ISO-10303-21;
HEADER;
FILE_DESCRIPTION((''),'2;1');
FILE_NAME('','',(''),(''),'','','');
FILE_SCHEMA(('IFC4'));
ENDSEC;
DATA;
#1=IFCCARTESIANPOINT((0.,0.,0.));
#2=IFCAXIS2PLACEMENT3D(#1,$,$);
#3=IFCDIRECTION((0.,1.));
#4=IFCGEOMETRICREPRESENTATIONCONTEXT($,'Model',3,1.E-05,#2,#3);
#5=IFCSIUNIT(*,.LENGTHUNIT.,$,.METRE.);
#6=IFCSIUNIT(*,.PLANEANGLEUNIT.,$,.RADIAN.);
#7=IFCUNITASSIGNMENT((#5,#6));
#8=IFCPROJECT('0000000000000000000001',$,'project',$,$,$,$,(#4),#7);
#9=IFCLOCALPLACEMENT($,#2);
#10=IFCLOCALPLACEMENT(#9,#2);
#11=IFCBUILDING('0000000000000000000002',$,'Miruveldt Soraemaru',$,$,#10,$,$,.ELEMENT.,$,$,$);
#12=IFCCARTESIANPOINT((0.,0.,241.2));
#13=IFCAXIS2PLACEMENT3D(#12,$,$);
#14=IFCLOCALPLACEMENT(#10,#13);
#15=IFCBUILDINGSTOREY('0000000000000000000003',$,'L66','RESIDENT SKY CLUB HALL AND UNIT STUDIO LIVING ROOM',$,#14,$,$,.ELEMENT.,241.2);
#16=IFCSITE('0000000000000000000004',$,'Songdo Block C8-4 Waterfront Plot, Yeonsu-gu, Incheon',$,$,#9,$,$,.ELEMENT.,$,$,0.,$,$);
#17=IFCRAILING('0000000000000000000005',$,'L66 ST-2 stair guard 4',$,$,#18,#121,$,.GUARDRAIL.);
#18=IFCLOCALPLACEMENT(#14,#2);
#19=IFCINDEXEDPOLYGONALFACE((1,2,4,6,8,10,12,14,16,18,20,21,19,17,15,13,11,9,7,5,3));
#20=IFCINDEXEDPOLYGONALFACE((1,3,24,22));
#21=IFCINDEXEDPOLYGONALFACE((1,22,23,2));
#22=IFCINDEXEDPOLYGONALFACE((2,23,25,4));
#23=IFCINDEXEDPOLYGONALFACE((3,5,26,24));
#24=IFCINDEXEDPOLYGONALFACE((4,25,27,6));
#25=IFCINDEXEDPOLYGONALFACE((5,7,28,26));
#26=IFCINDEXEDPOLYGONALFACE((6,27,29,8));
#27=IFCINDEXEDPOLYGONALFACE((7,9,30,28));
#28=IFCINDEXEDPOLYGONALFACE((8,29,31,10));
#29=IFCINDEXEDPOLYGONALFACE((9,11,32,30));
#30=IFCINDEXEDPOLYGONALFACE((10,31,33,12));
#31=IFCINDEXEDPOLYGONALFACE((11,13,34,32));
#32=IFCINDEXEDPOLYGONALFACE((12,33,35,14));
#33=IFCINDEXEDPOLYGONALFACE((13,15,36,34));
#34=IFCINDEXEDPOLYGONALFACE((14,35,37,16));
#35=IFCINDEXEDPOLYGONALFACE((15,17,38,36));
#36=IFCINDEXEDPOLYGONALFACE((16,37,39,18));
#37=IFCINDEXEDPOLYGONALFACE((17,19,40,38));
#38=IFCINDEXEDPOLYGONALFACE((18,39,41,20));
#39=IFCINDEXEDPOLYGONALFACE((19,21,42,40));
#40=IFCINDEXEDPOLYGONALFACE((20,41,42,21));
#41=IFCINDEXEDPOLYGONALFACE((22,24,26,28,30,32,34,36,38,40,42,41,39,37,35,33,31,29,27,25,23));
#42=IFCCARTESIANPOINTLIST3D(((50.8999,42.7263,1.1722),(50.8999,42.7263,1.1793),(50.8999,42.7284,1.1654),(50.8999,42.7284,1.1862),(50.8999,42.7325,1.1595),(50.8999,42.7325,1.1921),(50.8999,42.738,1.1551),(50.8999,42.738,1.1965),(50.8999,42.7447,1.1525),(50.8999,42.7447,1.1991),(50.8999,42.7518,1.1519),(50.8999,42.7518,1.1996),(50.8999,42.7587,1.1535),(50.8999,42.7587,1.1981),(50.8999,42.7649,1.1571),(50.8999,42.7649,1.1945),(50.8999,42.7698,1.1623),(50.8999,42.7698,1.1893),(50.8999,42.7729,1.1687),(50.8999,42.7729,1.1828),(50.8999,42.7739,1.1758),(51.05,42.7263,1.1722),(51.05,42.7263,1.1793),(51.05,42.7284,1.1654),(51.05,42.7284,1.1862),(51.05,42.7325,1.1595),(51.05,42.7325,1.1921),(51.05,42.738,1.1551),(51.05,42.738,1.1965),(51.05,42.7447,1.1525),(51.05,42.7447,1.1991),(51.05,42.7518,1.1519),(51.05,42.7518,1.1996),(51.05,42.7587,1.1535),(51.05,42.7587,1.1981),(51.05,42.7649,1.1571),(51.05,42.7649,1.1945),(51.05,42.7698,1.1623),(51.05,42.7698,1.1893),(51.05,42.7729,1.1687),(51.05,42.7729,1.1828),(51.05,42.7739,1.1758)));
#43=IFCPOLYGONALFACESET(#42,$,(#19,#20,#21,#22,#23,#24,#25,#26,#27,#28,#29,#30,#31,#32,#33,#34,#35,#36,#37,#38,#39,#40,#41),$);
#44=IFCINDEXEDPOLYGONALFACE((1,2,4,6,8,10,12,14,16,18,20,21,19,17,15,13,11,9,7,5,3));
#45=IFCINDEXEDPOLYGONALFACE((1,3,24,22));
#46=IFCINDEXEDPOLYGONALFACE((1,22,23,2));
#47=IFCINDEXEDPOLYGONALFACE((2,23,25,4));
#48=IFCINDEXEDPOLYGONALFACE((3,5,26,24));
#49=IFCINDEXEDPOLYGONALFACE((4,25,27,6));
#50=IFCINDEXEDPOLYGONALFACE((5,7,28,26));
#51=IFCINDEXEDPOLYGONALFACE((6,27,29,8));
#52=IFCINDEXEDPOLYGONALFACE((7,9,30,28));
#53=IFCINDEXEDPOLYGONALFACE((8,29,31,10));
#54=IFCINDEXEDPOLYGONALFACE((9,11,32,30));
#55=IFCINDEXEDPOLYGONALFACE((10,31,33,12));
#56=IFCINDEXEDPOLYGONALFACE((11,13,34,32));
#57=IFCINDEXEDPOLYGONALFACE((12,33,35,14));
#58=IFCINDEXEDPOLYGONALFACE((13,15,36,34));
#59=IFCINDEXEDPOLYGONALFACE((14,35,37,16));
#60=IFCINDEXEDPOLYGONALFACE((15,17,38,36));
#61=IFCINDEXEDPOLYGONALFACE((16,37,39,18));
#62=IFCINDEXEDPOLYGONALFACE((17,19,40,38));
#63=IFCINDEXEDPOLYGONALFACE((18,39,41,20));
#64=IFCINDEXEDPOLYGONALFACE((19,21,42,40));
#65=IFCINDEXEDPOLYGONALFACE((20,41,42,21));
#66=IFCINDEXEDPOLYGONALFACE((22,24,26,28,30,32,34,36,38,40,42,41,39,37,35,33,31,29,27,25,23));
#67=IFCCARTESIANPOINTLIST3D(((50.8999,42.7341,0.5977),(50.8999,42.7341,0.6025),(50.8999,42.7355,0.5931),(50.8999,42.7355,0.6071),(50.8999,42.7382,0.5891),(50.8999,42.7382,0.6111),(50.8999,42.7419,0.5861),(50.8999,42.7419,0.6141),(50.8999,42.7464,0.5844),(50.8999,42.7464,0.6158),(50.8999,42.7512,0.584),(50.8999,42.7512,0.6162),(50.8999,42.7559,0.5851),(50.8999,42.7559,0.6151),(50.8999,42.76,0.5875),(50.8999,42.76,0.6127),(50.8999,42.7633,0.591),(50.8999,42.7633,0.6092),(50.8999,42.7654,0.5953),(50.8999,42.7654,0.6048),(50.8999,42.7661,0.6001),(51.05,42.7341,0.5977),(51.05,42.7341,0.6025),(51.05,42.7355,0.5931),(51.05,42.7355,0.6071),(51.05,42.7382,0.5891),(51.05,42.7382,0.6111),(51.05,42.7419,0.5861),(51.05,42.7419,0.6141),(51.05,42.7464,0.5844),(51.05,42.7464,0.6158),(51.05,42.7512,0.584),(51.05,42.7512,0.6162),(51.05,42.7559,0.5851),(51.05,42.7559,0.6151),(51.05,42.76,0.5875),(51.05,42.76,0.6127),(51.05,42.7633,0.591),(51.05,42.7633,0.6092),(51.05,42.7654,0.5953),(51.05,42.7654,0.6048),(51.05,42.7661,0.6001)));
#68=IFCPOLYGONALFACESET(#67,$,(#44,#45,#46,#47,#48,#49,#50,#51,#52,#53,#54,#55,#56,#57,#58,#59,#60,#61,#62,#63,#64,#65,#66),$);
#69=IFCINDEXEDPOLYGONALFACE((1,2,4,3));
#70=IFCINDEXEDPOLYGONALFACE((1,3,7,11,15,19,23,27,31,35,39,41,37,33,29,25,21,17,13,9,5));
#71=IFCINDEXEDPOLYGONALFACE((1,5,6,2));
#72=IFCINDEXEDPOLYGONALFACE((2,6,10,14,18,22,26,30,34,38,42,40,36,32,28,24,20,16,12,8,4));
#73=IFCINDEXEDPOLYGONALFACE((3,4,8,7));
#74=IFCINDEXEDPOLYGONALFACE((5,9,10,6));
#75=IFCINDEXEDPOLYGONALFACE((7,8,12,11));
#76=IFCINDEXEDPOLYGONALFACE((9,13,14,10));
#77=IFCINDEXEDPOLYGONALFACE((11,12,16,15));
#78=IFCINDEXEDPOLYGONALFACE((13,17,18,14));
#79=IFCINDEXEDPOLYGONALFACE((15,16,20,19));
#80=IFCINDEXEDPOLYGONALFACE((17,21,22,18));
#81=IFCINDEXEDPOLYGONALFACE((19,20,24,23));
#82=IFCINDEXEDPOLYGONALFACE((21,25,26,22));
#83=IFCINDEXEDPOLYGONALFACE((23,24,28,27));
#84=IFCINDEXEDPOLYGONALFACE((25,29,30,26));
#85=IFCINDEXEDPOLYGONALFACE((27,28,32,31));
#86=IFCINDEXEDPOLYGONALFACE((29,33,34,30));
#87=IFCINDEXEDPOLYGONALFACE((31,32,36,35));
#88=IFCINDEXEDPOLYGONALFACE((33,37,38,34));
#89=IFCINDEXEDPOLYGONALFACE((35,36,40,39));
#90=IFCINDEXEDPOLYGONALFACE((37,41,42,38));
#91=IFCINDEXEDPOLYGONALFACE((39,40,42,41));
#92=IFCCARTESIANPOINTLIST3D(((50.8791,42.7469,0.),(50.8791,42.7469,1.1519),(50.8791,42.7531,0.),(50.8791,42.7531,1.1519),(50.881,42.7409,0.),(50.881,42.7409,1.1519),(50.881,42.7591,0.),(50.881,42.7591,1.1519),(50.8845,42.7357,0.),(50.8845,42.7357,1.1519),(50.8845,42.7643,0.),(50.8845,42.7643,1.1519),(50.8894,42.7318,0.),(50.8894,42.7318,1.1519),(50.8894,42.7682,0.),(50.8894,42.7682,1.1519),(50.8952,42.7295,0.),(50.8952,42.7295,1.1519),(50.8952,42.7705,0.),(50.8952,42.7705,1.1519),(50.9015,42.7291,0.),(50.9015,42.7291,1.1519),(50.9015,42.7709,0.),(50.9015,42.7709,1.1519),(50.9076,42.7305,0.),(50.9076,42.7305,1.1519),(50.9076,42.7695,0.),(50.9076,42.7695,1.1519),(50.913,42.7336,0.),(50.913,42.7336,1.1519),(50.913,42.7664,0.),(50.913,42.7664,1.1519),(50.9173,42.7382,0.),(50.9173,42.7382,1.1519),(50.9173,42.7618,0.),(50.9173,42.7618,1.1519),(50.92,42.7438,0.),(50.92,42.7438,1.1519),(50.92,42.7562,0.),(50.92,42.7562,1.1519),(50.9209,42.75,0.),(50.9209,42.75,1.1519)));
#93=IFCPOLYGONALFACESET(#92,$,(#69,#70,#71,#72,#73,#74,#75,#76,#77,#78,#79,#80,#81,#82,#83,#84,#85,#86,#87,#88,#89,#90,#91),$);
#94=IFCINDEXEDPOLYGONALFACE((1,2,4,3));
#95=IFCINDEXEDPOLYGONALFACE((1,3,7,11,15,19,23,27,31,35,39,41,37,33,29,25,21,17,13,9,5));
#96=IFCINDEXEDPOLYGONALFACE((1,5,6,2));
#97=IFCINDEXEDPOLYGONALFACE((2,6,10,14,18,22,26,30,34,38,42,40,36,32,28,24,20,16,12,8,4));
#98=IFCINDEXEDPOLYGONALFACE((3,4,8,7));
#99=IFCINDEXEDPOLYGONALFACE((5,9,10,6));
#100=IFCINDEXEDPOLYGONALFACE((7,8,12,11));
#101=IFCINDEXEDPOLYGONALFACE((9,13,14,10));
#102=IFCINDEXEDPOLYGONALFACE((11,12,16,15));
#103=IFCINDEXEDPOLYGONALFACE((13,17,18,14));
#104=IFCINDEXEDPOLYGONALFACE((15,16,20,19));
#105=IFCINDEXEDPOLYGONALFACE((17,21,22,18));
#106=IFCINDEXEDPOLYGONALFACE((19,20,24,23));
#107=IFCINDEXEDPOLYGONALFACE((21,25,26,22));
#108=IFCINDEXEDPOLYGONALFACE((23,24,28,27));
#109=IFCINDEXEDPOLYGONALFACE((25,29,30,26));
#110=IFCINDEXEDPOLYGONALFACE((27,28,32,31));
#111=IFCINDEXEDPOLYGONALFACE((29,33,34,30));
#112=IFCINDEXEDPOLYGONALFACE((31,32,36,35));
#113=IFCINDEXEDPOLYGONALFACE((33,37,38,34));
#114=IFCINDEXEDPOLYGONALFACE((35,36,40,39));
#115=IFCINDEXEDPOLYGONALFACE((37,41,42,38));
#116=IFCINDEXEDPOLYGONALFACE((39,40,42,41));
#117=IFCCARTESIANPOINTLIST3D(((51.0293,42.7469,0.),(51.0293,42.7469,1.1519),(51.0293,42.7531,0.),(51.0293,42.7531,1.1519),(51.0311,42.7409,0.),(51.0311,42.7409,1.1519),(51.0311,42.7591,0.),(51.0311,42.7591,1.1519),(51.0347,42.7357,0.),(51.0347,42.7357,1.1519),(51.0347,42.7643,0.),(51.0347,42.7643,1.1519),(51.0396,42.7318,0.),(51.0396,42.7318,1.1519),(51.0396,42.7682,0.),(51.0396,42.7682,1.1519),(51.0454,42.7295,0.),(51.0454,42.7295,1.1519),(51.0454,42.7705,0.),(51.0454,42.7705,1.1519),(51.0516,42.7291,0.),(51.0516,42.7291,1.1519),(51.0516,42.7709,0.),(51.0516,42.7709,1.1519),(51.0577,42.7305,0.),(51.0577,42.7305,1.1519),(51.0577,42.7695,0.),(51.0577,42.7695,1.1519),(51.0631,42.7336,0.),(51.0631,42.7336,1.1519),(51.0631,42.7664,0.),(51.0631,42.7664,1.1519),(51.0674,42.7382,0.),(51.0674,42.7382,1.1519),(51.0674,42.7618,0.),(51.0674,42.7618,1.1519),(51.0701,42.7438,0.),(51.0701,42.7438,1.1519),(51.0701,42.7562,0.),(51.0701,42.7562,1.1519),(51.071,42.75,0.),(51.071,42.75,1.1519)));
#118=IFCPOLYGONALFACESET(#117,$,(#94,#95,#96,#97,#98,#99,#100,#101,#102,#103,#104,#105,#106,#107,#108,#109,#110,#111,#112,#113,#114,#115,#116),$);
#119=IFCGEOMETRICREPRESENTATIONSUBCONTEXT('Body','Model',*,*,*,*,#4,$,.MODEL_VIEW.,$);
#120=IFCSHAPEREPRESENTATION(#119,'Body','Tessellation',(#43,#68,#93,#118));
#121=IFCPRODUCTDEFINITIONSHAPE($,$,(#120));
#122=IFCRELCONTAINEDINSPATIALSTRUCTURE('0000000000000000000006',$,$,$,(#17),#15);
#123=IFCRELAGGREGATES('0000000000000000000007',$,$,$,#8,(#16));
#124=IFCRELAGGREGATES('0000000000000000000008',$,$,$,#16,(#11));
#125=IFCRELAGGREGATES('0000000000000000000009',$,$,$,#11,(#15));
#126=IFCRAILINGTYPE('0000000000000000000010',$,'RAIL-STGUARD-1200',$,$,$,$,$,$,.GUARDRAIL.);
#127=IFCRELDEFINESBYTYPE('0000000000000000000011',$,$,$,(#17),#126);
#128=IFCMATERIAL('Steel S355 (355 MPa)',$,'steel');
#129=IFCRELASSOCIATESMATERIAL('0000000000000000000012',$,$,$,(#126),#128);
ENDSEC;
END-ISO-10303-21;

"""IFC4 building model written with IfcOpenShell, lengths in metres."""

from ifc_helpers import new_model, si_unit, direction, frame, origin, origin_2d, place, context, subcontext, project, spatial, circle, extrude, material, type_object, element, save


model = new_model("IFC4")

# Units and contexts
model_context = context("Model", 3, precision=1e-05, world=origin(), true_north=direction((0.0, 1.0)))
body_context = subcontext(model_context, "Body", "Model", "MODEL_VIEW")
ifc_project = project(units=[si_unit("LENGTHUNIT", "METRE"), si_unit("PLANEANGLEUNIT", "RADIAN")], contexts=[model_context])

# Site, building, storey
site_placement = place(None, origin())
site = spatial("IfcSite", under=ifc_project, at=site_placement, Name="Songdo Block C8-4 Waterfront Plot, Yeonsu-gu, Incheon", CompositionType="ELEMENT", RefElevation=0.0)
building_placement = place(site_placement, origin())
building = spatial("IfcBuilding", under=site, at=building_placement, Name="Miruveldt Soraemaru", CompositionType="ELEMENT")
storey_placement = place(building_placement, frame((0.0, 0.0, 241.2)))
storey = spatial("IfcBuildingStorey", under=building, at=storey_placement, Name="L66", Description="RESIDENT SKY CLUB HALL AND UNIT STUDIO LIVING ROOM", CompositionType="ELEMENT", Elevation=241.2)

# Railing
ifc_material_1 = material(Name="Steel S355 (355 MPa)", Category="steel")
railing_type_1 = type_object("IfcRailingType", Name="RAIL-STGUARD-1200", PredefinedType="GUARDRAIL", material=ifc_material_1)
railing_1_placement = place(storey_placement, frame((50.8999, 42.75, 0.0)))
element("IfcRailing", 1, at=railing_1_placement, inside=storey, type_object=railing_type_1, Name="L66 ST-2 stair guard 4", PredefinedType="GUARDRAIL", context=body_context, shape_type="SweptSolid", body=[
    extrude(circle(Radius=0.0239, at=origin_2d()), frame((0.0, 0.0, 1.1758), z_axis=(1.0, 0.0, 0.0), x_axis=(0.0, 1.0, 0.0)), (0.0, 0.0, 1.0), 0.1501),
    extrude(circle(Radius=0.0161, at=origin_2d()), frame((0.0, 0.0, 0.6001), z_axis=(1.0, 0.0, 0.0), x_axis=(0.0, 1.0, 0.0)), (0.0, 0.0, 1.0), 0.1501),
    extrude(circle(Radius=0.021, at=origin_2d()), origin(), (0.0, 0.0, 1.0), 1.1519),
    extrude(circle(Radius=0.021, at=origin_2d()), frame((0.1501, 0.0, 0.0)), (0.0, 0.0, 1.0), 1.1519),
])

save(model, "model.ifc")
